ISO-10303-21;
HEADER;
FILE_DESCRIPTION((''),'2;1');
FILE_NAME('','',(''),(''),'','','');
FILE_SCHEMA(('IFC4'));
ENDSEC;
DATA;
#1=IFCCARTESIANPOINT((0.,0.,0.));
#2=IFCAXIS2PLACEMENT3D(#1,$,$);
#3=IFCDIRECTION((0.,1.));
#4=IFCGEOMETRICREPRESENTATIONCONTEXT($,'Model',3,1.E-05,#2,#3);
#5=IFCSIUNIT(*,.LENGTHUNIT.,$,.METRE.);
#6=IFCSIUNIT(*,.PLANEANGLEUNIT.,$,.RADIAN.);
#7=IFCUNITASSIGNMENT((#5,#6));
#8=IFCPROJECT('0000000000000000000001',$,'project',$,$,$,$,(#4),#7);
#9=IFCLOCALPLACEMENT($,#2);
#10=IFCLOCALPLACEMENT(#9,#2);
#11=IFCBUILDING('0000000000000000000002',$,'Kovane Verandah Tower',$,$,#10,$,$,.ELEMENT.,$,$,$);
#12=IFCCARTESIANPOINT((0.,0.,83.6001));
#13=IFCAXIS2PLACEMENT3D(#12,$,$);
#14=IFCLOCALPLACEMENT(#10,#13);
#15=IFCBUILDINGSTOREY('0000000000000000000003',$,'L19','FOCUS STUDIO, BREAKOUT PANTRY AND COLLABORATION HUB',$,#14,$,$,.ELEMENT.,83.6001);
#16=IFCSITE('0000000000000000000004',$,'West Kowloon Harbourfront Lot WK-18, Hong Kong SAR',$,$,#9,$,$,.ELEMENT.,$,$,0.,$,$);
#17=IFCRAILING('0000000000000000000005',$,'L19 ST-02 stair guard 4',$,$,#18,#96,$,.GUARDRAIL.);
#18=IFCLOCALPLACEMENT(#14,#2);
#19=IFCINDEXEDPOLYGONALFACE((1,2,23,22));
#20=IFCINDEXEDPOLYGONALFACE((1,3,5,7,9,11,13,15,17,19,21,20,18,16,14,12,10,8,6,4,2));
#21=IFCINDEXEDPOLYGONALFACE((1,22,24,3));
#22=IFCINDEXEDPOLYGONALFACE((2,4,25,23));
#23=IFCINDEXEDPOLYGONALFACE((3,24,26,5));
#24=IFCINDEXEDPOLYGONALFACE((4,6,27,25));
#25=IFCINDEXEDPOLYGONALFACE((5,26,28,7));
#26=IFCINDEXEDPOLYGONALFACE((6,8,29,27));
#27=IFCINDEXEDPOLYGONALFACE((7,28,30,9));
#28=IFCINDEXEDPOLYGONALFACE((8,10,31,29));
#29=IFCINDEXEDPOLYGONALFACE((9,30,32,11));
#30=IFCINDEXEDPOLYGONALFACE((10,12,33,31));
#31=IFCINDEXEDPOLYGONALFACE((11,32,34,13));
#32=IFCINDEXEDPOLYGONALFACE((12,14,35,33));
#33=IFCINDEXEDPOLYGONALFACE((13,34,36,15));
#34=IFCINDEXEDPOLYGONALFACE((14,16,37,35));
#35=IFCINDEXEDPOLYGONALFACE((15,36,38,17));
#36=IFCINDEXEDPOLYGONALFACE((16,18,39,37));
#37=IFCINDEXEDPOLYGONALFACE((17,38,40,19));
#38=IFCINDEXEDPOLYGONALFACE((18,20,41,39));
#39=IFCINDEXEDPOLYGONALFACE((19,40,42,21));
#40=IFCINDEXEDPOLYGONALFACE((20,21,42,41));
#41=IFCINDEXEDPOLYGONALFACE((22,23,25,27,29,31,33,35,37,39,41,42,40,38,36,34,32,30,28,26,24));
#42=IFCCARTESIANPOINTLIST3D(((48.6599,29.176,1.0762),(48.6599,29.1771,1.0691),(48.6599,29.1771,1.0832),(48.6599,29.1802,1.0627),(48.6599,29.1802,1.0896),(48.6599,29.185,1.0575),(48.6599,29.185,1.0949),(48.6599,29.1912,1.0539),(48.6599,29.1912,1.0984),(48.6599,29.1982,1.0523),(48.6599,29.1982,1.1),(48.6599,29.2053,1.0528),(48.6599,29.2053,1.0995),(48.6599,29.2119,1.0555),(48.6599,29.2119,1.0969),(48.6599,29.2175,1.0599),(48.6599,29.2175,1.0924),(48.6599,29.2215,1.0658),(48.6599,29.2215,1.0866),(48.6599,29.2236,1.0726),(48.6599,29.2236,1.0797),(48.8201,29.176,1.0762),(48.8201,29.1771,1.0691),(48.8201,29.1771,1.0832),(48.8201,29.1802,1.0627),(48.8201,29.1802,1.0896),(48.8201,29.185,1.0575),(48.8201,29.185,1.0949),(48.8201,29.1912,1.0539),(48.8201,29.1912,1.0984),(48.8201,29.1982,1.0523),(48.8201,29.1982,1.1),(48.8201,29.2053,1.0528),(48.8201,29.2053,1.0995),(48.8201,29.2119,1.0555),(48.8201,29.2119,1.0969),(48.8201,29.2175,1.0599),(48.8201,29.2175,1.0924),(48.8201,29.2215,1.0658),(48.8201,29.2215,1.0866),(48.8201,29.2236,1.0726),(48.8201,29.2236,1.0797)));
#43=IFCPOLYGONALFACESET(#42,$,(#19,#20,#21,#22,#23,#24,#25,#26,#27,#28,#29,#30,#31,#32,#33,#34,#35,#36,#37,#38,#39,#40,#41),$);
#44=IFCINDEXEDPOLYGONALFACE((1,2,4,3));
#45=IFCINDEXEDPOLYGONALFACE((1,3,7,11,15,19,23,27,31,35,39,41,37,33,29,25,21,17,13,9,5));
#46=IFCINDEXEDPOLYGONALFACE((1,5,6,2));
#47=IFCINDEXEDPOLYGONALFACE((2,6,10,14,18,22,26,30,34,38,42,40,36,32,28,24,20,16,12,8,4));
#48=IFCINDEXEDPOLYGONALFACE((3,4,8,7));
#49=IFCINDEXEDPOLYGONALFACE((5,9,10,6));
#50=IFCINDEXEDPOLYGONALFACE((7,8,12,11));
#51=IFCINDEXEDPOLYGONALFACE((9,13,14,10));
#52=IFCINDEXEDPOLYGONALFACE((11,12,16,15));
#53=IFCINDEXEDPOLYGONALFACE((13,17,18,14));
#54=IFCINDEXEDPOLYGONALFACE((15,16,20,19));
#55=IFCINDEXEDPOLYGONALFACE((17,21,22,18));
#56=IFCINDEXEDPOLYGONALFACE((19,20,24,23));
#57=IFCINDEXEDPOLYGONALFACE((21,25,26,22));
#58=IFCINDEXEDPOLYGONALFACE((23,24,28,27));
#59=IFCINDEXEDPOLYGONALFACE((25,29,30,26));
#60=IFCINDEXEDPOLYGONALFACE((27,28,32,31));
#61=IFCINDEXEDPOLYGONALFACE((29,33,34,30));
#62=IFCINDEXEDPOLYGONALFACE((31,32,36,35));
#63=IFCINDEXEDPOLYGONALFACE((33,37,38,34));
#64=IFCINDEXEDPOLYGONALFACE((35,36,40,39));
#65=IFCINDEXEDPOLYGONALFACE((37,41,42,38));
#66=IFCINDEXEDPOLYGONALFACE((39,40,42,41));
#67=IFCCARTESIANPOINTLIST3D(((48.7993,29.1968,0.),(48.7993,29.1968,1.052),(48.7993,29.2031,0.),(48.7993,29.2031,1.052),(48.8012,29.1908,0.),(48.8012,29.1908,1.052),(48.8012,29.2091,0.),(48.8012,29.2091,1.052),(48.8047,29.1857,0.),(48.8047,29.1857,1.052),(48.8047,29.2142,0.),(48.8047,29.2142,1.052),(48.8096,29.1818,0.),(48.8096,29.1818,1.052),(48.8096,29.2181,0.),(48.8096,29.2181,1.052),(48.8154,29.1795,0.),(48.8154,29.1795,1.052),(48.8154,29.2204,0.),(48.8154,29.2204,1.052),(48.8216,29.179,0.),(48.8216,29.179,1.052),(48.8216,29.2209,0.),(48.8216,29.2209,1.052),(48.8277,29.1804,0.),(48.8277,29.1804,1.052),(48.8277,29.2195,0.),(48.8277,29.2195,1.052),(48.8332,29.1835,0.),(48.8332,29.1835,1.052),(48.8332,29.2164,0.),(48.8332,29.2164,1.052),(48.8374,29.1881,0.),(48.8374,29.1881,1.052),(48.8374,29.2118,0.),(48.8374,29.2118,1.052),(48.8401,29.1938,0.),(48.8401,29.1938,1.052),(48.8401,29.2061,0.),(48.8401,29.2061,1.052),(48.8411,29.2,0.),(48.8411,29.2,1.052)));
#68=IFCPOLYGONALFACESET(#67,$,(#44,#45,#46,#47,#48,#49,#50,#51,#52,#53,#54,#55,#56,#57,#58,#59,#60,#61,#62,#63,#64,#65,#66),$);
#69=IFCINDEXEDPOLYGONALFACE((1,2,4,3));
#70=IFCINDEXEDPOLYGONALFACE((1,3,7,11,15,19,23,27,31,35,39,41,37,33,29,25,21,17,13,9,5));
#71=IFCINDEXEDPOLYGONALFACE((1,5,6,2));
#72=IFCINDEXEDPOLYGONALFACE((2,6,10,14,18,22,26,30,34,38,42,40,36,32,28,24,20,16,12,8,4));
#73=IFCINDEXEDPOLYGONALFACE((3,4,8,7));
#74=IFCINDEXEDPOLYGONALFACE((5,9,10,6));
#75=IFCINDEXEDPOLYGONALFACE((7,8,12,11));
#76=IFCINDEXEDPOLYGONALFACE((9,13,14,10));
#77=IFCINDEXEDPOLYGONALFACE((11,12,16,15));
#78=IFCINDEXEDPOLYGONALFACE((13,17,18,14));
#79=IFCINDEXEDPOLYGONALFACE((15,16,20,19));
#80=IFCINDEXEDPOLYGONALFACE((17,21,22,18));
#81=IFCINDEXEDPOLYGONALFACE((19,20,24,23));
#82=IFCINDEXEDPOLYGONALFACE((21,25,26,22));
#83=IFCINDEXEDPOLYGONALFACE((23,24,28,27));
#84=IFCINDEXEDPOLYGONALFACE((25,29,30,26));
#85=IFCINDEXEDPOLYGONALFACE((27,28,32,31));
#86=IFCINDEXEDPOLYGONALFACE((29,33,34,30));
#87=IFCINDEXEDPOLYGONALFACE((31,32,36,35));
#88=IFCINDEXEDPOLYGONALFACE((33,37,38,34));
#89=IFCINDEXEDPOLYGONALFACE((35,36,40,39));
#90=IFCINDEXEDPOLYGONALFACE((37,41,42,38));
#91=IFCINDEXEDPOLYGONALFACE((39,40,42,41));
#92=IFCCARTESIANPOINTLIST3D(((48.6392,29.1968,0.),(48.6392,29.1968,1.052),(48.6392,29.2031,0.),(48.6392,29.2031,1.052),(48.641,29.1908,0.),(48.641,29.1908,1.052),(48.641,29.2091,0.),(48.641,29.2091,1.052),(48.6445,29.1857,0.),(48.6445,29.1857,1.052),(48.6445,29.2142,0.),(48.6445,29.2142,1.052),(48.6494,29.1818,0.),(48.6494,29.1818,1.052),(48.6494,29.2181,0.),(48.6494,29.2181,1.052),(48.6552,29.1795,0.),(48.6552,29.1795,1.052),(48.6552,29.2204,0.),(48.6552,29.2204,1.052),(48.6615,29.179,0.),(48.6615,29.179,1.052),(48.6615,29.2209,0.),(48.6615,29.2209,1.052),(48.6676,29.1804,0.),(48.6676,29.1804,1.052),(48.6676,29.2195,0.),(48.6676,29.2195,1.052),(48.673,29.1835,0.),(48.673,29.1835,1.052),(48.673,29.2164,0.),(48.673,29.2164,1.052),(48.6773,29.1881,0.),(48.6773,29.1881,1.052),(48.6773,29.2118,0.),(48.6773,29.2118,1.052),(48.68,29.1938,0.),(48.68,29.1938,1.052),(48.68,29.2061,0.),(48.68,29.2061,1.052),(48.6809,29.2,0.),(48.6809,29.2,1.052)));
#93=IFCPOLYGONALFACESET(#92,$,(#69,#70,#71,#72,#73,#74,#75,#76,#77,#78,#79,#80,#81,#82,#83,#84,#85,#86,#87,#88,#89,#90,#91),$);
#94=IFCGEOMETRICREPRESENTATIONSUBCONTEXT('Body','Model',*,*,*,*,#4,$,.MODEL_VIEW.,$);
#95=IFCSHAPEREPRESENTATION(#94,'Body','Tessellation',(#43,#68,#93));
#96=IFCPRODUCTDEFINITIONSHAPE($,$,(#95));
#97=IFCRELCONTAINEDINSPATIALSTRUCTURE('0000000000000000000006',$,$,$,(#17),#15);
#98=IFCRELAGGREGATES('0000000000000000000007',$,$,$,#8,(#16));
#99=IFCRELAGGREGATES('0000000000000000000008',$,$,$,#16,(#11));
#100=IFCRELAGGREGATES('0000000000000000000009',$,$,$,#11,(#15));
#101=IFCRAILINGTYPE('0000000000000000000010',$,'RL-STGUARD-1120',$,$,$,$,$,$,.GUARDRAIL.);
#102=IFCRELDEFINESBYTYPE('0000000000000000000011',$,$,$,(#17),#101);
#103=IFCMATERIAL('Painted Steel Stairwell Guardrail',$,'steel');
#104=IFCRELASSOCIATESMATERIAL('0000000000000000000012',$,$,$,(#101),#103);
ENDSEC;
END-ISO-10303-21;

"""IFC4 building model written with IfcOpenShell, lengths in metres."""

from ifc_helpers import new_model, si_unit, direction, frame, origin, origin_2d, place, context, subcontext, project, spatial, circle, extrude, material, type_object, element, save


model = new_model("IFC4")

# Units and contexts
model_context = context("Model", 3, precision=1e-05, world=origin(), true_north=direction((0.0, 1.0)))
body_context = subcontext(model_context, "Body", "Model", "MODEL_VIEW")
ifc_project = project(units=[si_unit("LENGTHUNIT", "METRE"), si_unit("PLANEANGLEUNIT", "RADIAN")], contexts=[model_context])

# Site, building, storey
site_placement = place(None, origin())
site = spatial("IfcSite", under=ifc_project, at=site_placement, Name="West Kowloon Harbourfront Lot WK-18, Hong Kong SAR", CompositionType="ELEMENT", RefElevation=0.0)
building_placement = place(site_placement, origin())
building = spatial("IfcBuilding", under=site, at=building_placement, Name="Kovane Verandah Tower", CompositionType="ELEMENT")
storey_placement = place(building_placement, frame((0.0, 0.0, 83.6001)))
storey = spatial("IfcBuildingStorey", under=building, at=storey_placement, Name="L19", Description="FOCUS STUDIO, BREAKOUT PANTRY AND COLLABORATION HUB", CompositionType="ELEMENT", Elevation=83.6001)

# Railing
ifc_material_1 = material(Name="Painted Steel Stairwell Guardrail", Category="steel")
railing_type_1 = type_object("IfcRailingType", Name="RL-STGUARD-1120", PredefinedType="GUARDRAIL", material=ifc_material_1)
railing_1_placement = place(storey_placement, frame((48.8201, 29.2, 0.0)))
element("IfcRailing", 1, at=railing_1_placement, inside=storey, type_object=railing_type_1, Name="L19 ST-02 stair guard 4", PredefinedType="GUARDRAIL", context=body_context, shape_type="SweptSolid", body=[
    extrude(circle(Radius=0.0239, at=origin_2d()), frame((0.0, 0.0, 1.0762), z_axis=(-1.0, 0.0, 0.0), x_axis=(0.0, -1.0, 0.0)), (0.0, 0.0, 1.0), 0.1602),
    extrude(circle(Radius=0.021, at=origin_2d()), origin(), (0.0, 0.0, 1.0), 1.052),
    extrude(circle(Radius=0.021, at=origin_2d()), frame((-0.1602, 0.0, 0.0)), (0.0, 0.0, 1.0), 1.052),
])

save(model, "model.ifc")
